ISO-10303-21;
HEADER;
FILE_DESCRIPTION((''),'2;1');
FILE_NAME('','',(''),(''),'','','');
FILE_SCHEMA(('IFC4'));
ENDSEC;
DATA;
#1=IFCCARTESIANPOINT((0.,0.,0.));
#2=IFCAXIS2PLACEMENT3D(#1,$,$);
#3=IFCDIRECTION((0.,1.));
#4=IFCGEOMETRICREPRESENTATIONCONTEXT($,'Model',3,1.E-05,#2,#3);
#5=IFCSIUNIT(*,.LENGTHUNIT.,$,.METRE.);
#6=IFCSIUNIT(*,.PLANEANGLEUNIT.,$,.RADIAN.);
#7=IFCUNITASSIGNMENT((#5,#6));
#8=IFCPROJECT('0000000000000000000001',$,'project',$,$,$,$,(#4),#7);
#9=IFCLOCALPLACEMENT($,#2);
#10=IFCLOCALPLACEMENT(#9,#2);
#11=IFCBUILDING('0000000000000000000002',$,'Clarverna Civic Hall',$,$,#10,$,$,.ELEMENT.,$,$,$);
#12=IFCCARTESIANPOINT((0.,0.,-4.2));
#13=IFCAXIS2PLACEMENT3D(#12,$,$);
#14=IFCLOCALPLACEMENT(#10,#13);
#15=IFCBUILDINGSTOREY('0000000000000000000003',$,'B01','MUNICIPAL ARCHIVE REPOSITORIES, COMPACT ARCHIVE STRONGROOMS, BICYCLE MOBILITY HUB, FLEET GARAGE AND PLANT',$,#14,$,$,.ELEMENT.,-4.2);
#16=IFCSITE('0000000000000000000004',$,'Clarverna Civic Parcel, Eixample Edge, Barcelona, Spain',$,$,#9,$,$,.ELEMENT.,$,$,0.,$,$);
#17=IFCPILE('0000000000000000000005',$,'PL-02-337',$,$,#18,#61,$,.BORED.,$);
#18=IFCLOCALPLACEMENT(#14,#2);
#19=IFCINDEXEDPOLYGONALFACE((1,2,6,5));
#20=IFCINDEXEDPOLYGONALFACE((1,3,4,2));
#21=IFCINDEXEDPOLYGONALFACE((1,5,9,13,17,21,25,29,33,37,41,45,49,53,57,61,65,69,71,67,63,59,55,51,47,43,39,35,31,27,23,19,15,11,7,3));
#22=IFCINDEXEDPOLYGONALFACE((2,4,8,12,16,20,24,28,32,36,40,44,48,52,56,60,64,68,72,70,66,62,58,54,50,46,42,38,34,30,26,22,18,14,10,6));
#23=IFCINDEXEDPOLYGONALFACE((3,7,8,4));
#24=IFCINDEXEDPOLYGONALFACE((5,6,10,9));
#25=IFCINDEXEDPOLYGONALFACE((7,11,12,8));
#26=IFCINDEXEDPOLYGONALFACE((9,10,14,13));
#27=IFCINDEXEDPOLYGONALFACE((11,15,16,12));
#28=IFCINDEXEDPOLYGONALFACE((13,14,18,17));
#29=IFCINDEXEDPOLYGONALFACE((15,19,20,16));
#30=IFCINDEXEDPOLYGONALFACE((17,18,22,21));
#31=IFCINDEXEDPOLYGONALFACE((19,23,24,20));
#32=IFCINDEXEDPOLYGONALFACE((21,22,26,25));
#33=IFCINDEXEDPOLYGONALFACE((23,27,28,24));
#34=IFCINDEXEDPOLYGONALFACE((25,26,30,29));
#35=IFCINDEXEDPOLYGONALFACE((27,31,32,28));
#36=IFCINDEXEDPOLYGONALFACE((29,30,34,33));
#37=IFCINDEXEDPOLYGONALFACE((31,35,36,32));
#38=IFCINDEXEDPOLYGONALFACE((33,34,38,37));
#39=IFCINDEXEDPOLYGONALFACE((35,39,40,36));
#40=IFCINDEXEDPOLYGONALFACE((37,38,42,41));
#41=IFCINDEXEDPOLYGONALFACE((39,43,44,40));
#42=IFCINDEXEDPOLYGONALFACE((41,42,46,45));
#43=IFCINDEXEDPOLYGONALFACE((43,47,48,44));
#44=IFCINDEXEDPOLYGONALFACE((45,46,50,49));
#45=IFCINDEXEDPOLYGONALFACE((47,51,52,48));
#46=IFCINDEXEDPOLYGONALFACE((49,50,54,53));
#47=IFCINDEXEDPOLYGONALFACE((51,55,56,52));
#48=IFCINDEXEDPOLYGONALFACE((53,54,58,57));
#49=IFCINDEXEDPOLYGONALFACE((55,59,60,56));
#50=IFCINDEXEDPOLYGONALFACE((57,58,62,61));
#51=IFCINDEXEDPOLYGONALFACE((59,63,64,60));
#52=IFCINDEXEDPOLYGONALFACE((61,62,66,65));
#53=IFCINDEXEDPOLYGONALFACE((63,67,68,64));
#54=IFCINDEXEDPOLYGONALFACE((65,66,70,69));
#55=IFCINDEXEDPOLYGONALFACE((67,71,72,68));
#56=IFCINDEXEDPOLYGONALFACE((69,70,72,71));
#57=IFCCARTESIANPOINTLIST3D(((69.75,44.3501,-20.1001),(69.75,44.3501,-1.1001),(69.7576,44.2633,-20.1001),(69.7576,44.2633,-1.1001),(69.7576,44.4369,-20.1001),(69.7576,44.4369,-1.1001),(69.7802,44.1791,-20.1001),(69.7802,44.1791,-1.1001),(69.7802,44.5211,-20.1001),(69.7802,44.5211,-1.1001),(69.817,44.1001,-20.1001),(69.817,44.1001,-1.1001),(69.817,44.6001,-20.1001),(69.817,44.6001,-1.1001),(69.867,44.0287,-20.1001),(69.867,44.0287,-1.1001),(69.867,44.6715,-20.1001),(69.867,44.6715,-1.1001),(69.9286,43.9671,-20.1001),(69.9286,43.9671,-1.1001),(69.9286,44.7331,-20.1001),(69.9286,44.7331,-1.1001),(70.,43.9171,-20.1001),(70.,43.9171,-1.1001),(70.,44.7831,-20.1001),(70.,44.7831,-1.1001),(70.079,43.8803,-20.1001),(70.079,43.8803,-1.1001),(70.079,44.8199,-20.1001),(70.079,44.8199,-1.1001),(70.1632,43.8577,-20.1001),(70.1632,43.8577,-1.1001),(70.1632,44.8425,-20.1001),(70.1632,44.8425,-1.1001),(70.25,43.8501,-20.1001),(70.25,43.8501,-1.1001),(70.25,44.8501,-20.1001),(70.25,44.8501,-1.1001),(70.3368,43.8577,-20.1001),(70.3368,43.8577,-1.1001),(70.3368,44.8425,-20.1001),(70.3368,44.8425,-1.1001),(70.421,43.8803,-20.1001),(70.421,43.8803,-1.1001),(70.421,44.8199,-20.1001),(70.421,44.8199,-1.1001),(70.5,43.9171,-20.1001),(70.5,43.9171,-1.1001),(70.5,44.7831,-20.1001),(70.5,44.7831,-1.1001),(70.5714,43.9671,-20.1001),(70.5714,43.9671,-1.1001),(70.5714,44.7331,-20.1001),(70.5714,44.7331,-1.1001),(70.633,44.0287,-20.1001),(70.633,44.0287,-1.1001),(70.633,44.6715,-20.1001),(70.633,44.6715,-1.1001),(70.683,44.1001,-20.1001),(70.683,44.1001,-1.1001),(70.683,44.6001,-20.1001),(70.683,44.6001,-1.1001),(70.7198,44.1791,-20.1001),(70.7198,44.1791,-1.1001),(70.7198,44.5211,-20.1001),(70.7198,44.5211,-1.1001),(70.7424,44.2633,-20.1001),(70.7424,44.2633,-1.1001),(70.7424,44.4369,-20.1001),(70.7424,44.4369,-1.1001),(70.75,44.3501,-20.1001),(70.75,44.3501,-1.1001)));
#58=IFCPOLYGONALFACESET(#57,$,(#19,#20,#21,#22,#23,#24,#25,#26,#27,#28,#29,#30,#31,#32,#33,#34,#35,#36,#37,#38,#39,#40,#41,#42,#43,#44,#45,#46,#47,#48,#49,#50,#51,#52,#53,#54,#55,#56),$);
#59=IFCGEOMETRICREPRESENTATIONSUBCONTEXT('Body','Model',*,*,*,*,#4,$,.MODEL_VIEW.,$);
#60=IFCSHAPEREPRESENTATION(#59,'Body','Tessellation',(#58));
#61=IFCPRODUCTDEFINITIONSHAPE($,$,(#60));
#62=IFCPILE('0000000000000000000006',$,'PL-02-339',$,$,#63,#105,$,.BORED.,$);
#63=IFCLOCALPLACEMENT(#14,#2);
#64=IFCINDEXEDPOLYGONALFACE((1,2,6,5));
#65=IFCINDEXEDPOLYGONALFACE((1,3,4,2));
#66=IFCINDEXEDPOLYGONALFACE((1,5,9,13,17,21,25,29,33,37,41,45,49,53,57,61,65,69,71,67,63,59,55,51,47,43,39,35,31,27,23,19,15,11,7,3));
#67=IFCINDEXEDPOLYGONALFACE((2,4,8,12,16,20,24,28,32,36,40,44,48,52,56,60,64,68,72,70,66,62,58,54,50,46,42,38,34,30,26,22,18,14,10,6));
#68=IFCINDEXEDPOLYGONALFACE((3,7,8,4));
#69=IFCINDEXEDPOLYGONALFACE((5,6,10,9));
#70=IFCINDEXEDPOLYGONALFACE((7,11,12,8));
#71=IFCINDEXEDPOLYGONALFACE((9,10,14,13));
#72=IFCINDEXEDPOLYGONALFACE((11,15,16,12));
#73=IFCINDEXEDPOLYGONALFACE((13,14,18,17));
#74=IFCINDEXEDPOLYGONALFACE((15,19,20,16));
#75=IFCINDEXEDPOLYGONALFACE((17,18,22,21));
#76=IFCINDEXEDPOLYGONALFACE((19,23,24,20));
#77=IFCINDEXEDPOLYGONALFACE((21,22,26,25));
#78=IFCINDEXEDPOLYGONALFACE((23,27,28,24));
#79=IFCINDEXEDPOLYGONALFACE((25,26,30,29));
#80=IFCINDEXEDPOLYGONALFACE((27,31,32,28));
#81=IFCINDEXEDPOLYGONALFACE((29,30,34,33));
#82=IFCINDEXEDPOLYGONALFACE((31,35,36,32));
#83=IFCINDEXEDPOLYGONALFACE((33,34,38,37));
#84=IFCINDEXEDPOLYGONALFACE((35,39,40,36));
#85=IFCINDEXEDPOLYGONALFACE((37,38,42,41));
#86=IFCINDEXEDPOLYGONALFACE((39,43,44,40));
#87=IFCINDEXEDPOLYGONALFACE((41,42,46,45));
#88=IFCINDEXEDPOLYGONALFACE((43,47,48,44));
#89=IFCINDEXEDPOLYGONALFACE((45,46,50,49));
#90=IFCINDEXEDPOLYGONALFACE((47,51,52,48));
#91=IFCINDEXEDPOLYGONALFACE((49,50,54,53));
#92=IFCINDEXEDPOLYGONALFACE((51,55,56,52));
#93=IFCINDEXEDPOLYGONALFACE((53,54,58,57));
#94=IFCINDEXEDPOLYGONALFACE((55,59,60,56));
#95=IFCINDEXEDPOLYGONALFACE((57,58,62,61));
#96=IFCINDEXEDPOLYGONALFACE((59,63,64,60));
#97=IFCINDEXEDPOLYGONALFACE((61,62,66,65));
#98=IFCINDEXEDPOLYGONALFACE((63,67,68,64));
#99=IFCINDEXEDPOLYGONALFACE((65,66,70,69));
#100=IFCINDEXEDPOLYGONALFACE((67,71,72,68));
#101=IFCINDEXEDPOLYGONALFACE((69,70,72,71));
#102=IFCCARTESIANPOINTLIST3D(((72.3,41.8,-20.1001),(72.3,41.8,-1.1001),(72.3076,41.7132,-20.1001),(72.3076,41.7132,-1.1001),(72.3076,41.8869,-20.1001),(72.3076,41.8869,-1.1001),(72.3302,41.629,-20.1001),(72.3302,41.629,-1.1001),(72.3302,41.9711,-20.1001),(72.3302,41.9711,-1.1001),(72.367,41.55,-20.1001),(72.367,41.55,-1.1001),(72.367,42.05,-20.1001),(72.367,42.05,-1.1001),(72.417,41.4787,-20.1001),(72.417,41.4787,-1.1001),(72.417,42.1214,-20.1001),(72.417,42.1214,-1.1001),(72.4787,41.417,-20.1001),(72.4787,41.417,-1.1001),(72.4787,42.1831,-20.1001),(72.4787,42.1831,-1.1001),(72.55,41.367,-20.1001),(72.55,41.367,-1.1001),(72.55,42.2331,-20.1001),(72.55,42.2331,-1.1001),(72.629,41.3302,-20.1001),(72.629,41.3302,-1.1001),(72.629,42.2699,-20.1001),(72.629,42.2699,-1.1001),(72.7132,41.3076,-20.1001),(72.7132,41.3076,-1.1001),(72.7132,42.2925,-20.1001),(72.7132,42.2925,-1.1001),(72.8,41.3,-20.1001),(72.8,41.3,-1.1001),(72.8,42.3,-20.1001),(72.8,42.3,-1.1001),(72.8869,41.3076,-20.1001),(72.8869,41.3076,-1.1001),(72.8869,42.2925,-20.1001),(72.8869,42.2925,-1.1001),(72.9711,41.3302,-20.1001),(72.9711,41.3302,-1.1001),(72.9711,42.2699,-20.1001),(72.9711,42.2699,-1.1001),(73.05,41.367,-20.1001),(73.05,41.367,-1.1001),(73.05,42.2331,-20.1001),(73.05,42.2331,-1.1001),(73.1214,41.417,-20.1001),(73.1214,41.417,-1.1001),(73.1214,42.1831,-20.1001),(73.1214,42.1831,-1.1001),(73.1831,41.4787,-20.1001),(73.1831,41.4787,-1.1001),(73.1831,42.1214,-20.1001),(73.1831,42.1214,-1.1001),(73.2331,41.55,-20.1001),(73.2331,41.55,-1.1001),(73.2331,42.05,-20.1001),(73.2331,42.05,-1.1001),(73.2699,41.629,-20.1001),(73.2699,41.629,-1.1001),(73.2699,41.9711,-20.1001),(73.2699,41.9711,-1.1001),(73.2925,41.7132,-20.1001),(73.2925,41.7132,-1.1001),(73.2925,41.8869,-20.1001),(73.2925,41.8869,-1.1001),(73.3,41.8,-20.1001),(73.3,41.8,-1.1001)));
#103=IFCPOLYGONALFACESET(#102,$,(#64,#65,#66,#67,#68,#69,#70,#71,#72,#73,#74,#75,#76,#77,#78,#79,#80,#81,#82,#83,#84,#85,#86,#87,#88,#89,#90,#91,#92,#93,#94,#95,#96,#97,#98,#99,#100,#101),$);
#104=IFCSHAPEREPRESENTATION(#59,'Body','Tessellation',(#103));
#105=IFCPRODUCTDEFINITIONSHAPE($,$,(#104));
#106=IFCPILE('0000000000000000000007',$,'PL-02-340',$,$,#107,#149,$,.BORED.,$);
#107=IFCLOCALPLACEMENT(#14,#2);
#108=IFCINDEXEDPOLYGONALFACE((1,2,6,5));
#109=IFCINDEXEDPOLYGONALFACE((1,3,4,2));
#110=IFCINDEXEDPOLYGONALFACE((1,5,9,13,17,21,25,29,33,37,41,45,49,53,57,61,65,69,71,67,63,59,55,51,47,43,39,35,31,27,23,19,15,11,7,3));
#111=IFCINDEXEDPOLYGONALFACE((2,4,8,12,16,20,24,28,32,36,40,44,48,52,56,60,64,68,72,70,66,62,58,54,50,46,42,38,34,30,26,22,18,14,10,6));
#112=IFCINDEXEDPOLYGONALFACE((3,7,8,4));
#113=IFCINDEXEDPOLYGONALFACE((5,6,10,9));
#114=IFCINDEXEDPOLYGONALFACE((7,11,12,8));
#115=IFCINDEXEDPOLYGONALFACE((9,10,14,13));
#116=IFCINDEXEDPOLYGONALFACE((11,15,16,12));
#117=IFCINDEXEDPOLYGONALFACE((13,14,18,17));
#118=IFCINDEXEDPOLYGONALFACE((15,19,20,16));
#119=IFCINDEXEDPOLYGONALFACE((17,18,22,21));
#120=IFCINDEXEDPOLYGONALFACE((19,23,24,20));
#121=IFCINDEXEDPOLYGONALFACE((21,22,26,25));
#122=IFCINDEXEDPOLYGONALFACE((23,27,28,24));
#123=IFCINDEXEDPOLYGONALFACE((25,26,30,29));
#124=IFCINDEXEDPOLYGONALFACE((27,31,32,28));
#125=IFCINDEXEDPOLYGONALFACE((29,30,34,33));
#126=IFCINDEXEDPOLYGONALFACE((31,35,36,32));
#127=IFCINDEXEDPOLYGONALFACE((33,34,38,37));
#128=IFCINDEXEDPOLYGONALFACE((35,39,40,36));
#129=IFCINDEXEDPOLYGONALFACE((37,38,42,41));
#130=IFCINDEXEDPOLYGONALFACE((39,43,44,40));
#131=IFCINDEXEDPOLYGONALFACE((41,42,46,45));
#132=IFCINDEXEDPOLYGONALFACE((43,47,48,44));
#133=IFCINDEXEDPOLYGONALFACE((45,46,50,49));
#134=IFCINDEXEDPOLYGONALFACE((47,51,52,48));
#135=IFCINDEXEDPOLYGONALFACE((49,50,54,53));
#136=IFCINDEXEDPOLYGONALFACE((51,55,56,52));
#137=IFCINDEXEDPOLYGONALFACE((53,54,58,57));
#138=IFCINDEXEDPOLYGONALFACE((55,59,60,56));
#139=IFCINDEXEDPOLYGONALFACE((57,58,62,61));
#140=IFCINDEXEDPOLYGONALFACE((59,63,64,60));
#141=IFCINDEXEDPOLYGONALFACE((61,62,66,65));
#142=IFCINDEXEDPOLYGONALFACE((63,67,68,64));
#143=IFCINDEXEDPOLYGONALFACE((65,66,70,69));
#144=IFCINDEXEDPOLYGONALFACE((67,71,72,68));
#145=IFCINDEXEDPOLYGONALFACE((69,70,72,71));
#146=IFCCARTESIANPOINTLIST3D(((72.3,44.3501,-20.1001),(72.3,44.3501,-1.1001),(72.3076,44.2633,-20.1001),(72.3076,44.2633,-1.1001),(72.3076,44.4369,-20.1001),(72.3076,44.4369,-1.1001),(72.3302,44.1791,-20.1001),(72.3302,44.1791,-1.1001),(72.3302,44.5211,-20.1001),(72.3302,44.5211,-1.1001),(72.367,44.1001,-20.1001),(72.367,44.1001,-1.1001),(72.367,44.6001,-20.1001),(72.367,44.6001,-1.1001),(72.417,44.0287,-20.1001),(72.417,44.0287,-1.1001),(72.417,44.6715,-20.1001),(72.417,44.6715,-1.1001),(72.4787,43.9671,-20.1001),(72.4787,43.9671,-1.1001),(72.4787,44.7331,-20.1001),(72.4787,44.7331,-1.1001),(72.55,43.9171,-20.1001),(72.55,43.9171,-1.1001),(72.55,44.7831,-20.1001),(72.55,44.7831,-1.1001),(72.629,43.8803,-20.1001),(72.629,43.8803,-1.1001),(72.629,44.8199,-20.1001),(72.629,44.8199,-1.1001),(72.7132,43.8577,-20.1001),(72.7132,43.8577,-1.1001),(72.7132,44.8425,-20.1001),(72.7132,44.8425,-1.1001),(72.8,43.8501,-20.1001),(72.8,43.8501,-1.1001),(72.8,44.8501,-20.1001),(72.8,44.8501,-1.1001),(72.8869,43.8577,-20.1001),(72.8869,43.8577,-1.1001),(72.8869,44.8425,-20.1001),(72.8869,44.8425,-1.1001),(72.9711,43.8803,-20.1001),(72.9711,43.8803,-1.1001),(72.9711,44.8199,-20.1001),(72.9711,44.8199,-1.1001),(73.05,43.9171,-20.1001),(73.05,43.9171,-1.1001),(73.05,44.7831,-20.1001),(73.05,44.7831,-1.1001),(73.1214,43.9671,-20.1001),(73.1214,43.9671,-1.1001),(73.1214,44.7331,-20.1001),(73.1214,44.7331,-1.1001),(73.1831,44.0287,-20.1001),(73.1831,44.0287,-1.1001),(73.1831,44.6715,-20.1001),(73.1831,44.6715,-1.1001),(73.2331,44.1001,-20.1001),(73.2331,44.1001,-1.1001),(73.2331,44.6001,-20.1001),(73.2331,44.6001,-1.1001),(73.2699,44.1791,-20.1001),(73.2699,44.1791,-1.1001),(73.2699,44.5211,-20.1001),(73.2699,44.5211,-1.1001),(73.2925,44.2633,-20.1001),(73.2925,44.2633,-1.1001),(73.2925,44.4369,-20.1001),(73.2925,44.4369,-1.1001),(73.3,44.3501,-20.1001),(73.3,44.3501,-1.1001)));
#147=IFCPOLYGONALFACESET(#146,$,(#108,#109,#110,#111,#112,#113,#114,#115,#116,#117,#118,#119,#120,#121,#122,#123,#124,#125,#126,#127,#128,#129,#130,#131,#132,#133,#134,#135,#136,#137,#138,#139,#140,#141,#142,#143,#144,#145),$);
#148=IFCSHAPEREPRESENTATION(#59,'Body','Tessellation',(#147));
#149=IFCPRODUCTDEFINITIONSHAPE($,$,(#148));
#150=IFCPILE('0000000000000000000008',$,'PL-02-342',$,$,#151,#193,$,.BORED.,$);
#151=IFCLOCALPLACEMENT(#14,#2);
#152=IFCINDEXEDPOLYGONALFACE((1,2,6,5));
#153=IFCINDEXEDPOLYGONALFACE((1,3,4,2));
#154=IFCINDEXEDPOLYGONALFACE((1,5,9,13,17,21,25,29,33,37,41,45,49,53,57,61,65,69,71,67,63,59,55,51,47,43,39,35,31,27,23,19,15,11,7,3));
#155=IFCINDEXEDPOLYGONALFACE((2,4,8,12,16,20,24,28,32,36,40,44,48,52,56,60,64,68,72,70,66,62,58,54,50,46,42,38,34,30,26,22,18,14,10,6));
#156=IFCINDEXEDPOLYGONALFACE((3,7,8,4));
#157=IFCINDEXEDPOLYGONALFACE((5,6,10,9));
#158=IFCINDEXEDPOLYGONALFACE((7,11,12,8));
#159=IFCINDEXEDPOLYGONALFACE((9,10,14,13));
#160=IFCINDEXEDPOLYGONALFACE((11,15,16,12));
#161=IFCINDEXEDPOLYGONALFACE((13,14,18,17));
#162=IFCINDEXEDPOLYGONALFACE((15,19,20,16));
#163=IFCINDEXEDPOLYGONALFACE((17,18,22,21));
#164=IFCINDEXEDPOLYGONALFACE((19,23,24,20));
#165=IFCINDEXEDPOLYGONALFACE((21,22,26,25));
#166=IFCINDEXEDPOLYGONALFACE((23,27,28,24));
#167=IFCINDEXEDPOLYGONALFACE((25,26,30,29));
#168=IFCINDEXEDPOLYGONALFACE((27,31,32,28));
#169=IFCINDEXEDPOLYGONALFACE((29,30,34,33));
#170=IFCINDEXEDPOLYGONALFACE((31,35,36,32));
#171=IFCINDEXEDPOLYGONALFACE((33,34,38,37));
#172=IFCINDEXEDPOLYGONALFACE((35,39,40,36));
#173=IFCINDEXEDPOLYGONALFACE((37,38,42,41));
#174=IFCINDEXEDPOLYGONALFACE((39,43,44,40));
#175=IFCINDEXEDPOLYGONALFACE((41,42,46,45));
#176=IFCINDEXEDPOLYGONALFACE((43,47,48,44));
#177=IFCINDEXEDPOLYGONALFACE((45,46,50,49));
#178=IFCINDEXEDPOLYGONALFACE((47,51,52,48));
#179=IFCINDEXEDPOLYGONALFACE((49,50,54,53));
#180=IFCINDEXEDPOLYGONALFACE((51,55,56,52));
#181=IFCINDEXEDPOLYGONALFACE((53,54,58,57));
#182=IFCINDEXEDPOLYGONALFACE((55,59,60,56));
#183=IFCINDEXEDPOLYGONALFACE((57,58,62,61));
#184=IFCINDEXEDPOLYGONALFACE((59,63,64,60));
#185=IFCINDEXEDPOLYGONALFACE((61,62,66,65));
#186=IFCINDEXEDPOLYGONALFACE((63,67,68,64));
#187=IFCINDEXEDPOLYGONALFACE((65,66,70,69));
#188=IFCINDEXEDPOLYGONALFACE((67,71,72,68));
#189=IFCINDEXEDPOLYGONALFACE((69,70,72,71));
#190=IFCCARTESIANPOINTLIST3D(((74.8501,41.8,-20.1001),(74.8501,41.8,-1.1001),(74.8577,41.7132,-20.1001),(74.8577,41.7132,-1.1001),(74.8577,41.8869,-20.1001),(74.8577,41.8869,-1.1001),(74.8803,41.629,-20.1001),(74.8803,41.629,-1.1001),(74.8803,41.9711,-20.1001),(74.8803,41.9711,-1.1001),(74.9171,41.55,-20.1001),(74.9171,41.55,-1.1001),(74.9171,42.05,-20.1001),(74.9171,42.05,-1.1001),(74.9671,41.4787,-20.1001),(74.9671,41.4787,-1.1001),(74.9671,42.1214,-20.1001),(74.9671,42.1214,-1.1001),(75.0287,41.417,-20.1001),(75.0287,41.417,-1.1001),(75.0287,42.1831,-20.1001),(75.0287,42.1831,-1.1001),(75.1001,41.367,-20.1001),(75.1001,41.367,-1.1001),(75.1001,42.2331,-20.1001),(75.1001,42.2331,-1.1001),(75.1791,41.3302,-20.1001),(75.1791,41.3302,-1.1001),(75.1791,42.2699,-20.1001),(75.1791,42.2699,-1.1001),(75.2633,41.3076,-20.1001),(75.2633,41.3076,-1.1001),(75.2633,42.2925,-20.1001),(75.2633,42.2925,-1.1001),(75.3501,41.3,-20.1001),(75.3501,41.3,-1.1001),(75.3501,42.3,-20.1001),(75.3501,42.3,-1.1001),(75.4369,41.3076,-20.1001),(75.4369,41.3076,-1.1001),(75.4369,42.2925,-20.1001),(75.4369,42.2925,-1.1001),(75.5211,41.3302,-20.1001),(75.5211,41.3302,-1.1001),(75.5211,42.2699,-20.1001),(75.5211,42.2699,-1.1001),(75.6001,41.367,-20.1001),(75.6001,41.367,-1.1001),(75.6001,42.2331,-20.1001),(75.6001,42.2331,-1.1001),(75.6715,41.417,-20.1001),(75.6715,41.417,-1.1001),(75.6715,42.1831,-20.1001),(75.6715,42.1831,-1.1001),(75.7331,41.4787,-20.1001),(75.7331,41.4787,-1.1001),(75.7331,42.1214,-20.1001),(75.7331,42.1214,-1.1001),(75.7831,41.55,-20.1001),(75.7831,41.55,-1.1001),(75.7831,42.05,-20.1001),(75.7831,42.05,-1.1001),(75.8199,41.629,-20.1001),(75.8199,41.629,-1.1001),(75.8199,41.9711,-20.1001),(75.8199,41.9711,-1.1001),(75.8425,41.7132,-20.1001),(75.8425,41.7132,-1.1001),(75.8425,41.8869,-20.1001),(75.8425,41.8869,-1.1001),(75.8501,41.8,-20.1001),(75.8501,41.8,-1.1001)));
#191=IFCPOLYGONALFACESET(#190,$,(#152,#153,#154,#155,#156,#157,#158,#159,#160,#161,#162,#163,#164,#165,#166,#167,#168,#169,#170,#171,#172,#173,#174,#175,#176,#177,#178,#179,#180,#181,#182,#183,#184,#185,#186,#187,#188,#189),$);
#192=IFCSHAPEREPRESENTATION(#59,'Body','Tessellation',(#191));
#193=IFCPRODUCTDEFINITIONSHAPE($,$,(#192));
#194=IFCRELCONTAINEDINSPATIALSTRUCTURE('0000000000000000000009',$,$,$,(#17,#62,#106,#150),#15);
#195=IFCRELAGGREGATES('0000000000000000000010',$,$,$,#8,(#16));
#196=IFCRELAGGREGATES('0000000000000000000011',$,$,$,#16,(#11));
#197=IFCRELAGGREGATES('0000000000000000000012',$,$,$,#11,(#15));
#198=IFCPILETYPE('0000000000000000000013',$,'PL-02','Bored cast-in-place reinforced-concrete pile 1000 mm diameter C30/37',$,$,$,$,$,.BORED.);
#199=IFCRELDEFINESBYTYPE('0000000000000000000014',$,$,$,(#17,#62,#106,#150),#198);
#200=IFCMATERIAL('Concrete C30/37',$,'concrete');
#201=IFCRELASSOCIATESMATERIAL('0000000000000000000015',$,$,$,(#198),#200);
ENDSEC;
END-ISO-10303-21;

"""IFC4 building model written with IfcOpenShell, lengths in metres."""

from ifc_helpers import new_model, si_unit, direction, frame, origin, origin_2d, place, context, subcontext, project, spatial, circle, extrude, material, material_profile, profile_set, type_object, element, save


model = new_model("IFC4")

# Units and contexts
model_context = context("Model", 3, precision=1e-05, world=origin(), true_north=direction((0.0, 1.0)))
body_context = subcontext(model_context, "Body", "Model", "MODEL_VIEW")
ifc_project = project(units=[si_unit("LENGTHUNIT", "METRE"), si_unit("PLANEANGLEUNIT", "RADIAN")], contexts=[model_context])

# Site, building, storey
site_placement = place(None, origin())
site = spatial("IfcSite", under=ifc_project, at=site_placement, Name="Clarverna Civic Parcel, Eixample Edge, Barcelona, Spain", CompositionType="ELEMENT", RefElevation=0.0)
building_placement = place(site_placement, origin())
building = spatial("IfcBuilding", under=site, at=building_placement, Name="Clarverna Civic Hall", CompositionType="ELEMENT")
storey_placement = place(building_placement, frame((0.0, 0.0, -4.2)))
storey = spatial("IfcBuildingStorey", under=building, at=storey_placement, Name="B01", Description="MUNICIPAL ARCHIVE REPOSITORIES, COMPACT ARCHIVE STRONGROOMS, BICYCLE MOBILITY HUB, FLEET GARAGE AND PLANT", CompositionType="ELEMENT", Elevation=-4.2)

# Shared definitions
ifc_material_1 = material(Name="Concrete C30/37", Category="concrete")

# Piles
ifc_material_profile_1 = material_profile(ifc_material_1, circle(Radius=0.5, at=origin_2d()), Name="BORED PILE D1000")
ifc_profile_set_1 = profile_set([ifc_material_profile_1], Name="Concrete C30/37")
pile_type_1 = type_object("IfcPileType", Name="PL-02", Description="Bored cast-in-place reinforced-concrete pile 1000 mm diameter C30/37", PredefinedType="BORED", material=ifc_profile_set_1)
for number, where, z_axis, x_axis, name in (
    (1, (70.25, 44.3501, -1.1001), (0.0, 0.0, -1.0), (1.0, 0.0, 0.0), "PL-02-337"),
    (2, (72.8, 41.8, -1.1001), (0.0, 0.0, -1.0), (1.0, 0.0, 0.0), "PL-02-339"),
    (3, (72.8, 44.3501, -1.1001), (0.0, 0.0, -1.0), (1.0, 0.0, 0.0), "PL-02-340"),
    (4, (75.3501, 41.8, -1.1001), (0.0, 0.0, -1.0), (1.0, 0.0, 0.0), "PL-02-342"),
):
    element("IfcPile", number, at=place(storey_placement, frame(where, z_axis=z_axis, x_axis=x_axis)), inside=storey, type_object=pile_type_1, Name=name, PredefinedType="BORED", context=body_context, shape_type="SweptSolid", body=[
        extrude(circle(Radius=0.5, at=origin_2d()), origin(), (0.0, 0.0, 1.0), 19.0),
    ])

save(model, "model.ifc")
